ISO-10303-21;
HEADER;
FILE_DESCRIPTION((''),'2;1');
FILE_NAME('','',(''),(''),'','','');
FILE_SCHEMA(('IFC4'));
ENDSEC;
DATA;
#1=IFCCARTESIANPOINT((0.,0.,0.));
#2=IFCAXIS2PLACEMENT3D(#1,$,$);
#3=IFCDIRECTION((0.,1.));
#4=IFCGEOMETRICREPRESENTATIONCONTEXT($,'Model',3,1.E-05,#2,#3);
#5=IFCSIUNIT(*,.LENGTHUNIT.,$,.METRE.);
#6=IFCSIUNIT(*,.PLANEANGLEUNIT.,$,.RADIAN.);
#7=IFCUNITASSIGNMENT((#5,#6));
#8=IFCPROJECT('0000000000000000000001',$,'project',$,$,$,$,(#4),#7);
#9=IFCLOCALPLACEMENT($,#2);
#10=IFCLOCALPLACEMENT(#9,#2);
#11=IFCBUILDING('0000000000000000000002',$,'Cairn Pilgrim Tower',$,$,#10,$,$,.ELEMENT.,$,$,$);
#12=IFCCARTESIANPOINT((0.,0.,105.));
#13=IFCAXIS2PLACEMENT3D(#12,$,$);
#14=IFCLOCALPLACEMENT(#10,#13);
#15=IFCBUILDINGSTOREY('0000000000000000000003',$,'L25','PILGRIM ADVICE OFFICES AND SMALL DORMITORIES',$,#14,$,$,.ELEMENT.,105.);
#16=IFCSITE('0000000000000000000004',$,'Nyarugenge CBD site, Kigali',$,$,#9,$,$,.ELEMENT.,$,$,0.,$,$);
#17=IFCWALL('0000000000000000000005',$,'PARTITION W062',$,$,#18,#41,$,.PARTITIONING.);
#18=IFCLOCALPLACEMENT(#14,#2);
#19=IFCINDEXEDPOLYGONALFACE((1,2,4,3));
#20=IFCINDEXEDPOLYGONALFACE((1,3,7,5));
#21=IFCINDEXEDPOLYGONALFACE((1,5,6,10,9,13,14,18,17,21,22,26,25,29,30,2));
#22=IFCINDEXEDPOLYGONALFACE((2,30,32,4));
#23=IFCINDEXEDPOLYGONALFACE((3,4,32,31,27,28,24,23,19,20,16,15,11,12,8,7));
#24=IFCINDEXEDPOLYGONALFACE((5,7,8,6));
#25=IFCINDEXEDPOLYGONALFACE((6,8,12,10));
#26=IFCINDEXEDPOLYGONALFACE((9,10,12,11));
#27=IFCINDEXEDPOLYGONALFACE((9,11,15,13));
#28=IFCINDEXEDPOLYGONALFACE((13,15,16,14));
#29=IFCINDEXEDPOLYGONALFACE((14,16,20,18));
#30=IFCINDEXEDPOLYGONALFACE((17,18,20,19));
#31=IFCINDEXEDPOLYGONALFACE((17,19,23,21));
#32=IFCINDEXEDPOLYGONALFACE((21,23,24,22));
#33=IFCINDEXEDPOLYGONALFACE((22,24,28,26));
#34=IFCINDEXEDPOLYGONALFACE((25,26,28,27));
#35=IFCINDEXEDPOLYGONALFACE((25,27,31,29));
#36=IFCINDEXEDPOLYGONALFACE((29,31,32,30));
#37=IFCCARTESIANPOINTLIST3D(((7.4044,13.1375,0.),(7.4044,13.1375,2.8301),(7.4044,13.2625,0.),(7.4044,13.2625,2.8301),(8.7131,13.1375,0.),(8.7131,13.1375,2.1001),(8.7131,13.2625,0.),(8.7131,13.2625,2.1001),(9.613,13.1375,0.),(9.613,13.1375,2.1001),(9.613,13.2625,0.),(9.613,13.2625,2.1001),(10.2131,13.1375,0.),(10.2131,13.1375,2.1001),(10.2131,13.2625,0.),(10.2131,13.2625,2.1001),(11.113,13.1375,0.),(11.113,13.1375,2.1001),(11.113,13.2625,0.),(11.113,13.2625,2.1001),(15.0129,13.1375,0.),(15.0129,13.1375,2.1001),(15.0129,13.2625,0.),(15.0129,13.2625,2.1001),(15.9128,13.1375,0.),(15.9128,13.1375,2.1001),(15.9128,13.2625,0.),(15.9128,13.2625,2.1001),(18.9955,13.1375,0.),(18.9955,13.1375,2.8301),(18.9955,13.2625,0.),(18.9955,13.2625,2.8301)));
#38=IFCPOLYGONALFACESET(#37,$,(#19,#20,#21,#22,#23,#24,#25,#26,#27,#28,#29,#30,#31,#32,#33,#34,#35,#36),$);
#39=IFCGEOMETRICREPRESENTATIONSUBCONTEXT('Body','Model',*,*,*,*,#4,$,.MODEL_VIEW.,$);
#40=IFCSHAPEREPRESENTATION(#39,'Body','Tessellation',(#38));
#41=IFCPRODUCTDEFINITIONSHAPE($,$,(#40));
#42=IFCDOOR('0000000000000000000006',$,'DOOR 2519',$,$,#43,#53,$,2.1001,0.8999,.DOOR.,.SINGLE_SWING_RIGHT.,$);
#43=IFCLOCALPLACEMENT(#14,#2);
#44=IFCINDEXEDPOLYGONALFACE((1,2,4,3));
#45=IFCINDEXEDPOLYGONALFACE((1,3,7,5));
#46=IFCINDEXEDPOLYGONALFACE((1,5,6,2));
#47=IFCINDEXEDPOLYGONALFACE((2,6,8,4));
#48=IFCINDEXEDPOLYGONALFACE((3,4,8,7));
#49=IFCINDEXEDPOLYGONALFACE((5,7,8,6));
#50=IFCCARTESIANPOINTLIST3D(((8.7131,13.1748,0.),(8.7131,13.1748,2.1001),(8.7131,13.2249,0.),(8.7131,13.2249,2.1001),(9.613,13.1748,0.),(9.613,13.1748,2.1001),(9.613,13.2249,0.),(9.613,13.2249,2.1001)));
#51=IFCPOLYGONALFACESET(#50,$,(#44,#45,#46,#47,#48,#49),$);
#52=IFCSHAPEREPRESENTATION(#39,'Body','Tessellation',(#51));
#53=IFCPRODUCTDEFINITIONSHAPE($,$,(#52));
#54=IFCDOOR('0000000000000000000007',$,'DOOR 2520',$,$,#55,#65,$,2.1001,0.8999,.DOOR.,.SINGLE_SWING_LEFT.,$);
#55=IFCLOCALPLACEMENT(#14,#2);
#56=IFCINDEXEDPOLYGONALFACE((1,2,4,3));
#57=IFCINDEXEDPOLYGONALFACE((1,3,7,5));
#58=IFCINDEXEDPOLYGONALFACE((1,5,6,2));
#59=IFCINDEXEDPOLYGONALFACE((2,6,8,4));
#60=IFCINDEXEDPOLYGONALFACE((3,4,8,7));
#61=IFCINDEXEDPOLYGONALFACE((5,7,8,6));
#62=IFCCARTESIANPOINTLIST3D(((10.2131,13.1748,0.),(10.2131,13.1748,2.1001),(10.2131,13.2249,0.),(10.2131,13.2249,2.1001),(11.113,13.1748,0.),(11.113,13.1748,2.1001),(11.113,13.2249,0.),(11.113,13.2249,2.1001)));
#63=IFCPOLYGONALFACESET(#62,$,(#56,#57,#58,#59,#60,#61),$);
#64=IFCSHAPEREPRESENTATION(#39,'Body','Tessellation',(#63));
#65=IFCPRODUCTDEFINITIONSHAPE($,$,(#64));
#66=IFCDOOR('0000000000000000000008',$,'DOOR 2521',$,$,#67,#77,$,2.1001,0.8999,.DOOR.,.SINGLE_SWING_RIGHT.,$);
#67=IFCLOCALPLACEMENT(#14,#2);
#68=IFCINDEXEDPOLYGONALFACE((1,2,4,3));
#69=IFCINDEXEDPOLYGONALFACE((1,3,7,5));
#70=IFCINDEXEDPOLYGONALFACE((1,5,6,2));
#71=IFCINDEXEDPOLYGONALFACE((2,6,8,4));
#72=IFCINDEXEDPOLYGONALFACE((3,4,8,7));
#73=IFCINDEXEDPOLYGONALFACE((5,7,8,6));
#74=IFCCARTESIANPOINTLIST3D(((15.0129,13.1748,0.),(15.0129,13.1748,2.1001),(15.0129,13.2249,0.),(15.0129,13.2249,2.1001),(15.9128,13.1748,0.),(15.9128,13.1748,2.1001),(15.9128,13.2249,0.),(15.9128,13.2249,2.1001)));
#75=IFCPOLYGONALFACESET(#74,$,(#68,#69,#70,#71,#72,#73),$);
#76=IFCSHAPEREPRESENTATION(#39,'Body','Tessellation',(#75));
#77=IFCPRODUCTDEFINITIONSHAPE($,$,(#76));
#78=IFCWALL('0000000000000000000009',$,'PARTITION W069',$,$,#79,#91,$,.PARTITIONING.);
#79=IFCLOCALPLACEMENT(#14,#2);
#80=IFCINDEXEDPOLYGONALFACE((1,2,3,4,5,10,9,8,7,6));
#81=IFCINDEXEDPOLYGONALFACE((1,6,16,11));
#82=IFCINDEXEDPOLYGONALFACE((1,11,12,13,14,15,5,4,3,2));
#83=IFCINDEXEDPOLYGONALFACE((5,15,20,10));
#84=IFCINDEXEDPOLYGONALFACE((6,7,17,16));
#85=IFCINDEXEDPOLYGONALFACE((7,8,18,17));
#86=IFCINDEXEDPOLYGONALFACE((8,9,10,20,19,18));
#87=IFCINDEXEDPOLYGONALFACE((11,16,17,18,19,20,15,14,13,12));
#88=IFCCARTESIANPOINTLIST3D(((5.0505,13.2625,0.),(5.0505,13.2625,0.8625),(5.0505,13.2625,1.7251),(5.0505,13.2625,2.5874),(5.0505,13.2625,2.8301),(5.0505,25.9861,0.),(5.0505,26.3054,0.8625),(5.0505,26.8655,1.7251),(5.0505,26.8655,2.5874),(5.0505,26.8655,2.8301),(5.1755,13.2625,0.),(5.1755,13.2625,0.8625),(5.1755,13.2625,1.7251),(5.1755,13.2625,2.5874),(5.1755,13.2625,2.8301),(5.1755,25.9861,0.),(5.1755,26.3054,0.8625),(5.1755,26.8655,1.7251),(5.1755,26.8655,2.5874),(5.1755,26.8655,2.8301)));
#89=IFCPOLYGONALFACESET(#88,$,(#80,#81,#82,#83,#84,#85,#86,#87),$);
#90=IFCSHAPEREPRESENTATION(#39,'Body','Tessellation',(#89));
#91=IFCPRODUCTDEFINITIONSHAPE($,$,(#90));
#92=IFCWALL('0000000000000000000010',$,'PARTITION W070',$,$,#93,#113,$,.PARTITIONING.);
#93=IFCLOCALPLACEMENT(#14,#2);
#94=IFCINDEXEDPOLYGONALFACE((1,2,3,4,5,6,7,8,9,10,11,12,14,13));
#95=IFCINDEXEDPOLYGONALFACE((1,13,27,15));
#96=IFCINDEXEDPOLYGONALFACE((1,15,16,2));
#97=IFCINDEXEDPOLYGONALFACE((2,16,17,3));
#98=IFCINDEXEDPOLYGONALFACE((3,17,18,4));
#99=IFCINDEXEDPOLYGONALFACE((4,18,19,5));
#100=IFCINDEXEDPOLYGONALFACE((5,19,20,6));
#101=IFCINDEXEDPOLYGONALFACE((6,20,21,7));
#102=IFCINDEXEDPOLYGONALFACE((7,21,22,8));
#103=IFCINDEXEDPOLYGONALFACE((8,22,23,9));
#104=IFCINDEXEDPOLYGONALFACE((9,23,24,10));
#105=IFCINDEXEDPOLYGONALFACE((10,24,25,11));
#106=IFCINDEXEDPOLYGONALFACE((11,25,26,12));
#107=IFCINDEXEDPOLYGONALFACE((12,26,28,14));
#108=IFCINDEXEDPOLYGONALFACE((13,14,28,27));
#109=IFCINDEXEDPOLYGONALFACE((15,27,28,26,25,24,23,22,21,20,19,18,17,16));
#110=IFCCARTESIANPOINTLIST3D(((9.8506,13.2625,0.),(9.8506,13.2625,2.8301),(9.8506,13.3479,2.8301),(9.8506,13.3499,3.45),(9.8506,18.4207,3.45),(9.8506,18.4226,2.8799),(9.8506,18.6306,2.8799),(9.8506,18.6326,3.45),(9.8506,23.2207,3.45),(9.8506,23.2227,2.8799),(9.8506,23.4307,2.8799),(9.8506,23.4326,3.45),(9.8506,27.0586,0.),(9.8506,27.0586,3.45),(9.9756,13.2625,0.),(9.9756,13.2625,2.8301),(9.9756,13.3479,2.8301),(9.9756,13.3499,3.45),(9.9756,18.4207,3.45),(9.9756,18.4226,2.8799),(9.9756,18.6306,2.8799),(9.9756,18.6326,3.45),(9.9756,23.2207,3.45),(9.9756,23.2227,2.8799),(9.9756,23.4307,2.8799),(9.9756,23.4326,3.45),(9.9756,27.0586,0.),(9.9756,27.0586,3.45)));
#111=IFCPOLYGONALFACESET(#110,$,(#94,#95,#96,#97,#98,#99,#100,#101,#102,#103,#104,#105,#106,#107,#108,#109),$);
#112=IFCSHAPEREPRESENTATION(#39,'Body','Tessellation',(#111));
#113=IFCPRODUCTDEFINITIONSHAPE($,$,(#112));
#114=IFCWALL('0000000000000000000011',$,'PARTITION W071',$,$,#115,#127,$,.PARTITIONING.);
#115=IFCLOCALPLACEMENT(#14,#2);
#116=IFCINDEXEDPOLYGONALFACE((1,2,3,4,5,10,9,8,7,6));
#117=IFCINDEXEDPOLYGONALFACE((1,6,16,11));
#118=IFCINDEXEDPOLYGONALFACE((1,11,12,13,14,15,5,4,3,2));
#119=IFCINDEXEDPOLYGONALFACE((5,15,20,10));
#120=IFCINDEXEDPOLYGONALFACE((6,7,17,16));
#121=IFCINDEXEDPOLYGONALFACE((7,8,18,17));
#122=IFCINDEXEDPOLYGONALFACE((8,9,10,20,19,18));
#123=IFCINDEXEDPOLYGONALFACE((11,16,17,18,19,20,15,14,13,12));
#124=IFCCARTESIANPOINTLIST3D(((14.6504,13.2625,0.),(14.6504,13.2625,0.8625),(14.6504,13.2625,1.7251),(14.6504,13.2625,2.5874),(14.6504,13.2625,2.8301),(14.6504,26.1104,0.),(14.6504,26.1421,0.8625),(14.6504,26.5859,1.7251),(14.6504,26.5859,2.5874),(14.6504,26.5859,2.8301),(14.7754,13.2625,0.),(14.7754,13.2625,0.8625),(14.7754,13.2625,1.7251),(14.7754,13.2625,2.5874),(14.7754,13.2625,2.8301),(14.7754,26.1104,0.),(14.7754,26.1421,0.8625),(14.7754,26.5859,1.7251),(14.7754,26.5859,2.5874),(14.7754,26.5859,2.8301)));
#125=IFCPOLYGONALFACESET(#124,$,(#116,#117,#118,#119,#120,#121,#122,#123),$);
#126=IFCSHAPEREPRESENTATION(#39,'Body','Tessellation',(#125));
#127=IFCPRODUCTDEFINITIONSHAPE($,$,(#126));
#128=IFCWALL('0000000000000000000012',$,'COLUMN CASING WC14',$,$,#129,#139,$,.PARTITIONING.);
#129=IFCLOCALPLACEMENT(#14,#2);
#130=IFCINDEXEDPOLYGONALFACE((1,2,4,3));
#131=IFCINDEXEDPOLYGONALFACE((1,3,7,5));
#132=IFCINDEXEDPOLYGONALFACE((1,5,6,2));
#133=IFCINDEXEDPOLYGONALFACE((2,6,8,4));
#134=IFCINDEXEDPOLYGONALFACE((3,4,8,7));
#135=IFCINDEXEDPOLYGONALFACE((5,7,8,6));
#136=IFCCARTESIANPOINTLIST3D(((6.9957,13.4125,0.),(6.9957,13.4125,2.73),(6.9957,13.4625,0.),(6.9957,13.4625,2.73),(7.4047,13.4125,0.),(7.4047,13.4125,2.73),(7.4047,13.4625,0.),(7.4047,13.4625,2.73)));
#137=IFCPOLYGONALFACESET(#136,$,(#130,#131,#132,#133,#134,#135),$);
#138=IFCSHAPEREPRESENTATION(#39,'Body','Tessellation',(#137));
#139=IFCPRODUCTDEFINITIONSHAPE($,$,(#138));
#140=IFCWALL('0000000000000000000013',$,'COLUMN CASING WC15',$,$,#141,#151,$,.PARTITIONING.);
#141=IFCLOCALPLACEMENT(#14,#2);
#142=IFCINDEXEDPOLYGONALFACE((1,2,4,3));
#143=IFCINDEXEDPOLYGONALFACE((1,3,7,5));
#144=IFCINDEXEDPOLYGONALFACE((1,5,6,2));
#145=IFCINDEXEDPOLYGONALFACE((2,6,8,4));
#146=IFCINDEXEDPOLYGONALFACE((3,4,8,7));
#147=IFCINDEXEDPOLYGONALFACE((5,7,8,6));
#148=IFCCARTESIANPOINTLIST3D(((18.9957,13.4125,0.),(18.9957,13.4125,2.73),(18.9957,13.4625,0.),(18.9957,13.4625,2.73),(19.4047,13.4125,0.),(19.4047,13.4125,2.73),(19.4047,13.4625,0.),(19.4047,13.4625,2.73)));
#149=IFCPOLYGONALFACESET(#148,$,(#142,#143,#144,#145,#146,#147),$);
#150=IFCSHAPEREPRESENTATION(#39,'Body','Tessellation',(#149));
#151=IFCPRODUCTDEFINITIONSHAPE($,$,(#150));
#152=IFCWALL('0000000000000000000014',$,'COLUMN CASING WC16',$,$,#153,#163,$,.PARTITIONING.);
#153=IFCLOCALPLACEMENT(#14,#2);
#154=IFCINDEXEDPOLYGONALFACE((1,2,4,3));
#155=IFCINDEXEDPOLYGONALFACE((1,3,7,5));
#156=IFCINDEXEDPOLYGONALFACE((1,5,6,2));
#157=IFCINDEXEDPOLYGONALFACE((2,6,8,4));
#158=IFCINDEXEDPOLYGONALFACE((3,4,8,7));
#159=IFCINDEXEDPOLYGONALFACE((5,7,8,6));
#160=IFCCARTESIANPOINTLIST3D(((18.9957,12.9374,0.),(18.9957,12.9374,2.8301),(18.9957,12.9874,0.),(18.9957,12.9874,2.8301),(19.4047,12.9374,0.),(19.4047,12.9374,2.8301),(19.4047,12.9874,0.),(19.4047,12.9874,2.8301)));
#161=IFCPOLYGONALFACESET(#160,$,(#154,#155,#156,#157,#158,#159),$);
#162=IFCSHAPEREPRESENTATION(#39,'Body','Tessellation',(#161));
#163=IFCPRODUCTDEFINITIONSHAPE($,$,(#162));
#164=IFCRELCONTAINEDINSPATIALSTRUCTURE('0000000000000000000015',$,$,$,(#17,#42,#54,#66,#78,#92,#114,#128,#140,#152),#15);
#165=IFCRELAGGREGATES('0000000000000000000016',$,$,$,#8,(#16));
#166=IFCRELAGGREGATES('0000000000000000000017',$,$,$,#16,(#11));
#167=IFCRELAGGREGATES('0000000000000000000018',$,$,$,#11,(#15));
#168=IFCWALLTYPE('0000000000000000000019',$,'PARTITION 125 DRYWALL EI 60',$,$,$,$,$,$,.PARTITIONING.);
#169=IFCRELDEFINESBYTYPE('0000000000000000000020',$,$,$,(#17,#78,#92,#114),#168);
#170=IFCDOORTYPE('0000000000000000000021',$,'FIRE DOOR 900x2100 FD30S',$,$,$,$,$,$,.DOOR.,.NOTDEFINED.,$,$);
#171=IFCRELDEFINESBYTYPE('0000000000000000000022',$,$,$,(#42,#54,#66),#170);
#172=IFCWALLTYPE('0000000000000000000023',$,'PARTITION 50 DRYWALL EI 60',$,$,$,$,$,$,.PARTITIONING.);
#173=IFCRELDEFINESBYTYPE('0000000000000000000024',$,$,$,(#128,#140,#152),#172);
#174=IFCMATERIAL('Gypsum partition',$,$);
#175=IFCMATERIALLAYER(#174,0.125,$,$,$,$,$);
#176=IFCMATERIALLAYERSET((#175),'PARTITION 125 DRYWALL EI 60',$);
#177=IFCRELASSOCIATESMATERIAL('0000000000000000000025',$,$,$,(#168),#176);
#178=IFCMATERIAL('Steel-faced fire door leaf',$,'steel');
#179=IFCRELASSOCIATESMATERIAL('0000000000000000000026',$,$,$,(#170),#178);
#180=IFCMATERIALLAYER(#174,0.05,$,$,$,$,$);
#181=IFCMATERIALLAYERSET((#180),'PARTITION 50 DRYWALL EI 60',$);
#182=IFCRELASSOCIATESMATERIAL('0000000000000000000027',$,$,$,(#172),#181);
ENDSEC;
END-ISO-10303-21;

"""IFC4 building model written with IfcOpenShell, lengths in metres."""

from ifc_helpers import new_model, si_unit, direction, frame, frame_2d, origin, place, context, subcontext, project, spatial, polyline, rectangle, outline, extrude, material, layer, layer_set, type_object, element, fill, save


model = new_model("IFC4")

# Units and contexts
model_context = context("Model", 3, precision=1e-05, world=origin(), true_north=direction((0.0, 1.0)))
body_context = subcontext(model_context, "Body", "Model", "MODEL_VIEW")
ifc_project = project(units=[si_unit("LENGTHUNIT", "METRE"), si_unit("PLANEANGLEUNIT", "RADIAN")], contexts=[model_context])

# Site, building, storey
site_placement = place(None, origin())
site = spatial("IfcSite", under=ifc_project, at=site_placement, Name="Nyarugenge CBD site, Kigali", CompositionType="ELEMENT", RefElevation=0.0)
building_placement = place(site_placement, origin())
building = spatial("IfcBuilding", under=site, at=building_placement, Name="Cairn Pilgrim Tower", CompositionType="ELEMENT")
storey_placement = place(building_placement, frame((0.0, 0.0, 105.0)))
storey = spatial("IfcBuildingStorey", under=building, at=storey_placement, Name="L25", Description="PILGRIM ADVICE OFFICES AND SMALL DORMITORIES", CompositionType="ELEMENT", Elevation=105.0)

# Wall, openings, doors
ifc_material_1 = material(Name="Gypsum partition")
ifc_layer_1 = layer(ifc_material_1, 0.125)
ifc_layer_set_1 = layer_set([ifc_layer_1], Name="PARTITION 125 DRYWALL EI 60")
wall_type_1 = type_object("IfcWallType", Name="PARTITION 125 DRYWALL EI 60", PredefinedType="PARTITIONING", material=ifc_layer_set_1)
wall_1_placement = place(storey_placement, frame((7.4045, 13.2, 0.0), z_axis=(0.0, 0.0, 1.0), x_axis=(1.0, 0.0, 0.0)))
wall_1 = element("IfcWall", 1, at=wall_1_placement, inside=storey, type_object=wall_type_1, Name="PARTITION W062", PredefinedType="PARTITIONING", context=body_context, shape_type="SweptSolid", body=[
    extrude(rectangle(XDim=11.5911, YDim=0.125, at=frame_2d((5.7954, 0.0))), origin(), (0.0, 0.0, 1.0), 2.8301),
])
opening_1_placement = place(wall_1_placement, frame((1.3086, 0.0, 0.0)))
opening_1 = element("IfcOpeningElement", 2, at=opening_1_placement, cuts=wall_1, PredefinedType="OPENING", context=body_context, shape_type="SweptSolid", body=[
    extrude(rectangle(XDim=0.8999, YDim=2.1001, at=frame_2d((0.45, 1.05))), frame((0.0, 0.0725, 0.0), z_axis=(0.0, -1.0, 0.0), x_axis=(1.0, 0.0, 0.0)), (0.0, 0.0, 1.0), 0.145),
])
opening_2_placement = place(wall_1_placement, frame((2.8086, 0.0, 0.0)))
opening_2 = element("IfcOpeningElement", 3, at=opening_2_placement, cuts=wall_1, PredefinedType="OPENING", context=body_context, shape_type="SweptSolid", body=[
    extrude(rectangle(XDim=0.8999, YDim=2.1001, at=frame_2d((0.45, 1.05))), frame((0.0, 0.0725, 0.0), z_axis=(0.0, -1.0, 0.0), x_axis=(1.0, 0.0, 0.0)), (0.0, 0.0, 1.0), 0.145),
])
opening_3_placement = place(wall_1_placement, frame((7.6084, 0.0, 0.0)))
opening_3 = element("IfcOpeningElement", 4, at=opening_3_placement, cuts=wall_1, PredefinedType="OPENING", context=body_context, shape_type="SweptSolid", body=[
    extrude(rectangle(XDim=0.8999, YDim=2.1001, at=frame_2d((0.45, 1.05))), frame((0.0, 0.0725, 0.0), z_axis=(0.0, -1.0, 0.0), x_axis=(1.0, 0.0, 0.0)), (0.0, 0.0, 1.0), 0.145),
])
ifc_material_2 = material(Name="Steel-faced fire door leaf", Category="steel")
door_type_1 = type_object("IfcDoorType", Name="FIRE DOOR 900x2100 FD30S", OperationType="NOTDEFINED", PredefinedType="DOOR", material=ifc_material_2)
door_1_placement = place(opening_1_placement, origin())
door_1 = element("IfcDoor", 5, at=door_1_placement, inside=storey, type_object=door_type_1, Name="DOOR 2519", OperationType="SINGLE_SWING_RIGHT", OverallHeight=2.1001, OverallWidth=0.8999, PredefinedType="DOOR", context=body_context, shape_type="SweptSolid", body=[
    extrude(rectangle(XDim=0.8999, YDim=2.1001, at=frame_2d((0.45, 1.05))), frame((0.0, 0.0249, 0.0), z_axis=(0.0, -1.0, 0.0), x_axis=(1.0, 0.0, 0.0)), (0.0, 0.0, 1.0), 0.05),
])
fill(opening_1, door_1)
door_2_placement = place(opening_2_placement, origin())
door_2 = element("IfcDoor", 6, at=door_2_placement, inside=storey, type_object=door_type_1, Name="DOOR 2520", OperationType="SINGLE_SWING_LEFT", OverallHeight=2.1001, OverallWidth=0.8999, PredefinedType="DOOR", context=body_context, shape_type="SweptSolid", body=[
    extrude(rectangle(XDim=0.8999, YDim=2.1001, at=frame_2d((0.45, 1.05))), frame((0.0, 0.0249, 0.0), z_axis=(0.0, -1.0, 0.0), x_axis=(1.0, 0.0, 0.0)), (0.0, 0.0, 1.0), 0.05),
])
fill(opening_2, door_2)
door_3_placement = place(opening_3_placement, origin())
door_3 = element("IfcDoor", 7, at=door_3_placement, inside=storey, type_object=door_type_1, Name="DOOR 2521", OperationType="SINGLE_SWING_RIGHT", OverallHeight=2.1001, OverallWidth=0.8999, PredefinedType="DOOR", context=body_context, shape_type="SweptSolid", body=[
    extrude(rectangle(XDim=0.8999, YDim=2.1001, at=frame_2d((0.45, 1.05))), frame((0.0, 0.0249, 0.0), z_axis=(0.0, -1.0, 0.0), x_axis=(1.0, 0.0, 0.0)), (0.0, 0.0, 1.0), 0.05),
])
fill(opening_3, door_3)

# Walls
wall_2_placement = place(storey_placement, frame((5.113, 13.2625, 0.0), z_axis=(0.0, 0.0, 1.0), x_axis=(0.0, 1.0, 0.0)))
element("IfcWall", 8, at=wall_2_placement, inside=storey, type_object=wall_type_1, Name="PARTITION W069", PredefinedType="PARTITIONING", context=body_context, shape_type="SweptSolid", body=[
    extrude(outline(polyline([(0.0, 0.0), (12.7236, 0.0), (13.043, 0.8625), (13.603, 1.7251), (13.603, 2.5874), (13.603, 2.8301), (0.0, 2.8301), (0.0, 2.5874), (0.0, 1.7251), (0.0, 0.8625), (0.0, 0.0)])), frame((0.0, 0.0625, 0.0), z_axis=(0.0, -1.0, 0.0), x_axis=(1.0, 0.0, 0.0)), (0.0, 0.0, 1.0), 0.125),
])
wall_3_placement = place(storey_placement, frame((9.9131, 13.2625, 0.0), z_axis=(0.0, 0.0, 1.0), x_axis=(0.0, 1.0, 0.0)))
element("IfcWall", 9, at=wall_3_placement, inside=storey, type_object=wall_type_1, Name="PARTITION W070", PredefinedType="PARTITIONING", context=body_context, shape_type="SweptSolid", body=[
    extrude(outline(polyline([(0.0, 0.0), (13.7961, 0.0), (13.7961, 3.45), (10.1702, 3.45), (10.1682, 2.8799), (9.9602, 2.8799), (9.9583, 3.45), (5.3701, 3.45), (5.3682, 2.8799), (5.1602, 2.8799), (5.1582, 3.45), (0.0874, 3.45), (0.0854, 2.8301), (0.0, 2.8301), (0.0, 0.0)])), frame((0.0, 0.0625, 0.0), z_axis=(0.0, -1.0, 0.0), x_axis=(1.0, 0.0, 0.0)), (0.0, 0.0, 1.0), 0.125),
])
wall_4_placement = place(storey_placement, frame((14.7129, 13.2625, 0.0), z_axis=(0.0, 0.0, 1.0), x_axis=(0.0, 1.0, 0.0)))
element("IfcWall", 10, at=wall_4_placement, inside=storey, type_object=wall_type_1, Name="PARTITION W071", PredefinedType="PARTITIONING", context=body_context, shape_type="SweptSolid", body=[
    extrude(outline(polyline([(0.0, 0.0), (12.8479, 0.0), (12.8796, 0.8625), (13.3235, 1.7251), (13.3235, 2.5874), (13.3235, 2.8301), (0.0, 2.8301), (0.0, 2.5874), (0.0, 1.7251), (0.0, 0.8625), (0.0, 0.0)])), frame((0.0, 0.0625, 0.0), z_axis=(0.0, -1.0, 0.0), x_axis=(1.0, 0.0, 0.0)), (0.0, 0.0, 1.0), 0.125),
])
ifc_layer_2 = layer(ifc_material_1, 0.05)
ifc_layer_set_2 = layer_set([ifc_layer_2], Name="PARTITION 50 DRYWALL EI 60")
wall_type_2 = type_object("IfcWallType", Name="PARTITION 50 DRYWALL EI 60", PredefinedType="PARTITIONING", material=ifc_layer_set_2)
for number, where, z_axis, x_axis, name in (
    (11, (6.9956, 13.4375, 0.0), (0.0, 0.0, 1.0), (1.0, 0.0, 0.0), "COLUMN CASING WC14"),
    (12, (18.9956, 13.4375, 0.0), (0.0, 0.0, 1.0), (1.0, 0.0, 0.0), "COLUMN CASING WC15"),
):
    element("IfcWall", number, at=place(storey_placement, frame(where, z_axis=z_axis, x_axis=x_axis)), inside=storey, type_object=wall_type_2, Name=name, PredefinedType="PARTITIONING", context=body_context, shape_type="SweptSolid", body=[
        extrude(rectangle(XDim=0.4089, YDim=0.05, at=frame_2d((0.2046, 0.0))), origin(), (0.0, 0.0, 1.0), 2.73),
    ])
wall_5_placement = place(storey_placement, frame((18.9956, 12.9624, 0.0), z_axis=(0.0, 0.0, 1.0), x_axis=(1.0, 0.0, 0.0)))
element("IfcWall", 13, at=wall_5_placement, inside=storey, type_object=wall_type_2, Name="COLUMN CASING WC16", PredefinedType="PARTITIONING", context=body_context, shape_type="SweptSolid", body=[
    extrude(rectangle(XDim=0.4089, YDim=0.05, at=frame_2d((0.2046, 0.0))), origin(), (0.0, 0.0, 1.0), 2.8301),
])

save(model, "model.ifc")
